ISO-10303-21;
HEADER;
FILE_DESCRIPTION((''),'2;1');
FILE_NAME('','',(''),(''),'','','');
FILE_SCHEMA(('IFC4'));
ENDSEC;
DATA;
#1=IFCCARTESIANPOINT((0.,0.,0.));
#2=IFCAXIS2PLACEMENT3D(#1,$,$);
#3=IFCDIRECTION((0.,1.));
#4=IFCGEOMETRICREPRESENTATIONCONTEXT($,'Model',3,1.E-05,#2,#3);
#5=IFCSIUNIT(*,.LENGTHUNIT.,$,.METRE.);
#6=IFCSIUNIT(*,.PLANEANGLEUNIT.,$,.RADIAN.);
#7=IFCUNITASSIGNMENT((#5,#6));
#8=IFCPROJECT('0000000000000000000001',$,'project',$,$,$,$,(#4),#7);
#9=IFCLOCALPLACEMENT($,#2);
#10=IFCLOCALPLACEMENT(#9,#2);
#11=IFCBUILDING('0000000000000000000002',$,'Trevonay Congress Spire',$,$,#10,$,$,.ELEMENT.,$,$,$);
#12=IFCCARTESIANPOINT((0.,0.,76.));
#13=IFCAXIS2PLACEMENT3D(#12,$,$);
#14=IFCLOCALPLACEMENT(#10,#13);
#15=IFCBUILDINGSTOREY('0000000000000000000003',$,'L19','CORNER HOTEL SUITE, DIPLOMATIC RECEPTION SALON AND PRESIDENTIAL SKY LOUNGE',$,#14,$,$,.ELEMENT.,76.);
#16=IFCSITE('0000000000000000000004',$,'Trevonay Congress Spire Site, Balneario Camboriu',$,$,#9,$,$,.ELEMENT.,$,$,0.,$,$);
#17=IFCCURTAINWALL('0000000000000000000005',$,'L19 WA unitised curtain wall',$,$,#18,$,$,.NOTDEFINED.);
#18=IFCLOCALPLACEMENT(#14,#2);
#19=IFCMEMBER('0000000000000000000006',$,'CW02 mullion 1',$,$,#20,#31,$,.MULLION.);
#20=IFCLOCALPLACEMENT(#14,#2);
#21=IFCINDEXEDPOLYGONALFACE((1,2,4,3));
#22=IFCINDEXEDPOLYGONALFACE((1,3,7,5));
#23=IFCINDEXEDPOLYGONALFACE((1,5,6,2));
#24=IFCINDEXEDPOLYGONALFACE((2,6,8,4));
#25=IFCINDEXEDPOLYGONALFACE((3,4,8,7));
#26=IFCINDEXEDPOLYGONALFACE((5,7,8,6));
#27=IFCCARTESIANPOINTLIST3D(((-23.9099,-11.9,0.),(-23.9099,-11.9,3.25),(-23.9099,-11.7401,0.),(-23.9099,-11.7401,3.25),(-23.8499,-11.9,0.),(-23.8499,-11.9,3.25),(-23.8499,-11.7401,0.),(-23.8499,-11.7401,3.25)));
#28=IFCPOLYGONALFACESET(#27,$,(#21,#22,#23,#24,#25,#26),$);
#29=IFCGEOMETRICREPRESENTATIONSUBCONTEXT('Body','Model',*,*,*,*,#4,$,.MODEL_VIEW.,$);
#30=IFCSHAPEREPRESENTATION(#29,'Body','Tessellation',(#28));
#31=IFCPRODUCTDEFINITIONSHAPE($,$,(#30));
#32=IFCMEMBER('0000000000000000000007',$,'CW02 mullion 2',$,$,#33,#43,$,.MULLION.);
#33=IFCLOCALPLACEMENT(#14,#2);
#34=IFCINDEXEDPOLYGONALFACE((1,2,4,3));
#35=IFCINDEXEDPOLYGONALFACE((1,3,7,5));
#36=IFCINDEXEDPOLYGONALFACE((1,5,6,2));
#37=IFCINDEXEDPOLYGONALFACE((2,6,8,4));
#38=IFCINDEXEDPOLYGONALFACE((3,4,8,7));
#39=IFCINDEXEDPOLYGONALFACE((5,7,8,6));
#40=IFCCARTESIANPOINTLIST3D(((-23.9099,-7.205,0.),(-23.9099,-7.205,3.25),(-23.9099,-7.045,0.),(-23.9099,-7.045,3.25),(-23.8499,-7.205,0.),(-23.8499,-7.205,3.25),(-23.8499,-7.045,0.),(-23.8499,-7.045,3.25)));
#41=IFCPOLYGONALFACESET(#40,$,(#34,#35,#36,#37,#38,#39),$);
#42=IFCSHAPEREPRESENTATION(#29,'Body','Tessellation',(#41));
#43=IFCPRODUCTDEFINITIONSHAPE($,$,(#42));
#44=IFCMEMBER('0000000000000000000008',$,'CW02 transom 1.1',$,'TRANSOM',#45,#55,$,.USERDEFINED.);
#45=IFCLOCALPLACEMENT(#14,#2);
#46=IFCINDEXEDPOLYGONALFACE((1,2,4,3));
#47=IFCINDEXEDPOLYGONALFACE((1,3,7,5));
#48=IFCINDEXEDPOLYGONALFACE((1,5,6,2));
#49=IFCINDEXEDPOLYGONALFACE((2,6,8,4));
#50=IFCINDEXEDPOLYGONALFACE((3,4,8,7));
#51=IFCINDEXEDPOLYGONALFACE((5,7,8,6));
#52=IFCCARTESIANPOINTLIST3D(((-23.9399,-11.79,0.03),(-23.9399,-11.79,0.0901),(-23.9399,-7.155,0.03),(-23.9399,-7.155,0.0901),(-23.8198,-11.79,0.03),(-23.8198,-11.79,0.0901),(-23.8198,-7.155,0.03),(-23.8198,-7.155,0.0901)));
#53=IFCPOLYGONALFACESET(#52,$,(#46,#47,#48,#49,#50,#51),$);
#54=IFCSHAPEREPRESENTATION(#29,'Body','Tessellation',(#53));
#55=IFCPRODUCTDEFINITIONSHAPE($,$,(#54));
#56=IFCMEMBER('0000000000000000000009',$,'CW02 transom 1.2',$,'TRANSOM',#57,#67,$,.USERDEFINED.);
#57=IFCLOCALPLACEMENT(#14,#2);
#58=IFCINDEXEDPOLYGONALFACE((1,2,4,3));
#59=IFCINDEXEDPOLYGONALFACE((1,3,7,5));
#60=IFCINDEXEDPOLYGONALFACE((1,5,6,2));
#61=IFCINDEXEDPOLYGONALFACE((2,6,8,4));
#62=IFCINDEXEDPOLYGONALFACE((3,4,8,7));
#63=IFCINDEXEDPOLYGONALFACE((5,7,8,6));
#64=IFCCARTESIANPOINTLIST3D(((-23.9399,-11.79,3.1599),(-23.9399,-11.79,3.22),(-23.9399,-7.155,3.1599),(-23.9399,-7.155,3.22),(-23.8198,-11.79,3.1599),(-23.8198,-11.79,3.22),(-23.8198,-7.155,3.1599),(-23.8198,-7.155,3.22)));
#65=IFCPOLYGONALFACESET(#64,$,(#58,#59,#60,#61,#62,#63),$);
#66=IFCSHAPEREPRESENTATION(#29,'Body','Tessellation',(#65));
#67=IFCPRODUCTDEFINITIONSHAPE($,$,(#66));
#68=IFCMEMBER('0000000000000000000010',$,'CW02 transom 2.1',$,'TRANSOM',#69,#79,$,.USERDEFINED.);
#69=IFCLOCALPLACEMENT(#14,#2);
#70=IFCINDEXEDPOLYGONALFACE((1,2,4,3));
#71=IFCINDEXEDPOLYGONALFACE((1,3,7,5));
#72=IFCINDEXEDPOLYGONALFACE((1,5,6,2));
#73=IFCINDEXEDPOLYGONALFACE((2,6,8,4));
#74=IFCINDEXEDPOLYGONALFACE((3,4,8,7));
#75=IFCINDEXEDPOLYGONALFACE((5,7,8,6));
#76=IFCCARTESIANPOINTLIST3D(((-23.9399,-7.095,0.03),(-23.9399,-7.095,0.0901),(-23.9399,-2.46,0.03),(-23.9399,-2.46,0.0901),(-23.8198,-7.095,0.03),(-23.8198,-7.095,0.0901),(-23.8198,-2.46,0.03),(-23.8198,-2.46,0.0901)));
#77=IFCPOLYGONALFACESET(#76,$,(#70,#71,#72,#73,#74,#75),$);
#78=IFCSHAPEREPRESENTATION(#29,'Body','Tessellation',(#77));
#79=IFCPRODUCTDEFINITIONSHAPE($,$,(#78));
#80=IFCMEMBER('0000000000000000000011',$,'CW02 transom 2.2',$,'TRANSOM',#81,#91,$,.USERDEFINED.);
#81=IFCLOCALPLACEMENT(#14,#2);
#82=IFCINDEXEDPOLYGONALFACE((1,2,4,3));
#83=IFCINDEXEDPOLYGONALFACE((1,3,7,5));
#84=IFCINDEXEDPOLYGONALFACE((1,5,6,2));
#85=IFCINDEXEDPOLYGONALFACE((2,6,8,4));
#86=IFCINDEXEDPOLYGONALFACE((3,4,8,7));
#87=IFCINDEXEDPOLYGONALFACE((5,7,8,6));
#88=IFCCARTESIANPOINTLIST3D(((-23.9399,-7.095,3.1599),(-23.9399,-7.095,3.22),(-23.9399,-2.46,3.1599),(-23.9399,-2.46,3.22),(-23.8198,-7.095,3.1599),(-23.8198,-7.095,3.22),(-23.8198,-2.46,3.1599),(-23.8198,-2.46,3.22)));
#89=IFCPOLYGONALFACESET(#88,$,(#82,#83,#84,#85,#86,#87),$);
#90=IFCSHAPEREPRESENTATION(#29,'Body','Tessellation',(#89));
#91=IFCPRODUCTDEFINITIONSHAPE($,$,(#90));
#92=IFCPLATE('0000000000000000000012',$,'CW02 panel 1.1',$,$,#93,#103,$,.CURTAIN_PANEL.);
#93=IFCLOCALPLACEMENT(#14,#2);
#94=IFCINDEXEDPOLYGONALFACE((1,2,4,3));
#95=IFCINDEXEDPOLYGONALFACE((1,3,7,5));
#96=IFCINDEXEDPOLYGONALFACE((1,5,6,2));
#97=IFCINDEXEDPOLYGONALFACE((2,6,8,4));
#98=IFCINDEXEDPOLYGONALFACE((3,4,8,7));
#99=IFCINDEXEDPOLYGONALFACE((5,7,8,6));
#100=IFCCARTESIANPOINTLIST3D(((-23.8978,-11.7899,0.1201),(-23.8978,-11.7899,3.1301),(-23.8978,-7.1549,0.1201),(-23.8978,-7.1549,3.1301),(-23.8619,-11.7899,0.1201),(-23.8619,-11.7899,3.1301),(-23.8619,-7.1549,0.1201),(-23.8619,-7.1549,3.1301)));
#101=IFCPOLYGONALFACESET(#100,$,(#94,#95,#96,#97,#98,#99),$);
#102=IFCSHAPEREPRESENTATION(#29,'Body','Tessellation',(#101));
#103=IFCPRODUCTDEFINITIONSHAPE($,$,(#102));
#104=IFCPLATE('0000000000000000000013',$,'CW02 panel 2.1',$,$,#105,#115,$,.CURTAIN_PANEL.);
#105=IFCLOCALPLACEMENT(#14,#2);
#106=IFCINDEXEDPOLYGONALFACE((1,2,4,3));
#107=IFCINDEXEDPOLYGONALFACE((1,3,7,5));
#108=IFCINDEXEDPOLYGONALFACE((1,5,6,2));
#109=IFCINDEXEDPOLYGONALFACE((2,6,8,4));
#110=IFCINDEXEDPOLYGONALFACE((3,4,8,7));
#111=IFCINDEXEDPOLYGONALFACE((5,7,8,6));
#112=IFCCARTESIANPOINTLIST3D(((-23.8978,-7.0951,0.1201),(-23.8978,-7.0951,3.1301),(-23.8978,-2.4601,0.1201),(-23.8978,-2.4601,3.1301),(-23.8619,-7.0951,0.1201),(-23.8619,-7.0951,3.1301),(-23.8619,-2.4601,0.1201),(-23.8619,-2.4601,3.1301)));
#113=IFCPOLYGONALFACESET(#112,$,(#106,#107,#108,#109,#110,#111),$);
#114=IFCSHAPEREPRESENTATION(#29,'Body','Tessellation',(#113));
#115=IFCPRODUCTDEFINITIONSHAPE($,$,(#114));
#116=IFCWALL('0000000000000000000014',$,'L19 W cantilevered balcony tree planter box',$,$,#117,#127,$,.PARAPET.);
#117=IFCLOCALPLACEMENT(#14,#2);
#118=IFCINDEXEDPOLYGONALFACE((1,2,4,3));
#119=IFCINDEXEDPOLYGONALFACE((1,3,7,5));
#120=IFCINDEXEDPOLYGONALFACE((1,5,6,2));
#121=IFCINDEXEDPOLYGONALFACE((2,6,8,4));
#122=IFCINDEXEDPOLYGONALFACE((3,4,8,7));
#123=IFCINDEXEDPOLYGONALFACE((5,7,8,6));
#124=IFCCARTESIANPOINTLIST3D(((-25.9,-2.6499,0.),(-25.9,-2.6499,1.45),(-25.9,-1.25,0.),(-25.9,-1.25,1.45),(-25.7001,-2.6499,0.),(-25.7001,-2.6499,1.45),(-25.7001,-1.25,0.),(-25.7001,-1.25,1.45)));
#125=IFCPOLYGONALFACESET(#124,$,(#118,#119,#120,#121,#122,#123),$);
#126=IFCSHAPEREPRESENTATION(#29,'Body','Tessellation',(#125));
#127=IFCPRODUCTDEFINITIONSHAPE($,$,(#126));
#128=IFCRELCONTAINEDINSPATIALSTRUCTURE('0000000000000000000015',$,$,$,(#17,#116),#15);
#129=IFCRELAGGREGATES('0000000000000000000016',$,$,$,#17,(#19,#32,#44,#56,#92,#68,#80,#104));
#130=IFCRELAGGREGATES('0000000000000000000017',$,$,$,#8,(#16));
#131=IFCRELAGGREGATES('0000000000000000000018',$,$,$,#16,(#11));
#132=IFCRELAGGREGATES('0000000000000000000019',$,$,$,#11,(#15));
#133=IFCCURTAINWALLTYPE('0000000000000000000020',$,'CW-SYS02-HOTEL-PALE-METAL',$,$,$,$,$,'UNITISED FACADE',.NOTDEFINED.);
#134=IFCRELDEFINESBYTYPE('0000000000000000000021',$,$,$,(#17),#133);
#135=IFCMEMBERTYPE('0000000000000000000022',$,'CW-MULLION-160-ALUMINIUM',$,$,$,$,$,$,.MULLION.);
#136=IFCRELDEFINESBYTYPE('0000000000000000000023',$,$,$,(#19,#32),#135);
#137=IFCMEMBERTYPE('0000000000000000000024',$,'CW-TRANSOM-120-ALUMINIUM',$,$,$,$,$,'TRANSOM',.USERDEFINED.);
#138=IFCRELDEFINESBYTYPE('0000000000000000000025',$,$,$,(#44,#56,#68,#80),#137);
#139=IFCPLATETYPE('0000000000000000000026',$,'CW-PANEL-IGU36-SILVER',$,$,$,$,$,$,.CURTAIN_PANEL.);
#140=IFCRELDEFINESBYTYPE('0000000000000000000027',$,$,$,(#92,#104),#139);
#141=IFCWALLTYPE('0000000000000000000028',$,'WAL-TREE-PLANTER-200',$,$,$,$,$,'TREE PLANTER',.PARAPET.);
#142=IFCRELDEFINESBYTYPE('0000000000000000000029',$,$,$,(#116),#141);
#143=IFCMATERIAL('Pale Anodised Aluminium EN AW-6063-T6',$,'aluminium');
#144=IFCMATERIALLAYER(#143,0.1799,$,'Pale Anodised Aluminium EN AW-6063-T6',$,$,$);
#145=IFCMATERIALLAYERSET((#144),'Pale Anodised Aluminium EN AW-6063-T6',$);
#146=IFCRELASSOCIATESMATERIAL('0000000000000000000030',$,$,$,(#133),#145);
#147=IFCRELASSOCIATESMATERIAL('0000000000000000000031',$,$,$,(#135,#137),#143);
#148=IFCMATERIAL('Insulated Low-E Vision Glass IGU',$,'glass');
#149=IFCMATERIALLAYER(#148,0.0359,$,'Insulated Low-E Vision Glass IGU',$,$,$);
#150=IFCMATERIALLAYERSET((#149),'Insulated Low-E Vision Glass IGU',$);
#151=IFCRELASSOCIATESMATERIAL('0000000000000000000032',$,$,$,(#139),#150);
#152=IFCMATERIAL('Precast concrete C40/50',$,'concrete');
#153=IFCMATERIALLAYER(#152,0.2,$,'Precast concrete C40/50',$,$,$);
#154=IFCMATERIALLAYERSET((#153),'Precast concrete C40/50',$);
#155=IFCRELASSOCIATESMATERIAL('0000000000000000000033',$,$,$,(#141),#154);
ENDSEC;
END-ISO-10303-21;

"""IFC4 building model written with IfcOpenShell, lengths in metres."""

from ifc_helpers import new_model, si_unit, direction, frame, frame_2d, origin, origin_2d, place, context, subcontext, project, spatial, rectangle, extrude, material, layer, layer_set, material_profile, profile_set, type_object, element, aggregate, save


model = new_model("IFC4")

# Units and contexts
model_context = context("Model", 3, precision=1e-05, world=origin(), true_north=direction((0.0, 1.0)))
body_context = subcontext(model_context, "Body", "Model", "MODEL_VIEW")
ifc_project = project(units=[si_unit("LENGTHUNIT", "METRE"), si_unit("PLANEANGLEUNIT", "RADIAN")], contexts=[model_context])

# Site, building, storey
site_placement = place(None, origin())
site = spatial("IfcSite", under=ifc_project, at=site_placement, Name="Trevonay Congress Spire Site, Balneario Camboriu", CompositionType="ELEMENT", RefElevation=0.0)
building_placement = place(site_placement, origin())
building = spatial("IfcBuilding", under=site, at=building_placement, Name="Trevonay Congress Spire", CompositionType="ELEMENT")
storey_placement = place(building_placement, frame((0.0, 0.0, 76.0)))
storey = spatial("IfcBuildingStorey", under=building, at=storey_placement, Name="L19", Description="CORNER HOTEL SUITE, DIPLOMATIC RECEPTION SALON AND PRESIDENTIAL SKY LOUNGE", CompositionType="ELEMENT", Elevation=76.0)

# Curtain wall, members, plates
ifc_material_1 = material(Name="Pale Anodised Aluminium EN AW-6063-T6", Category="aluminium")
ifc_layer_1 = layer(ifc_material_1, 0.1799, Name="Pale Anodised Aluminium EN AW-6063-T6")
ifc_layer_set_1 = layer_set([ifc_layer_1], Name="Pale Anodised Aluminium EN AW-6063-T6")
curtain_wall_type = type_object("IfcCurtainWallType", Name="CW-SYS02-HOTEL-PALE-METAL", ElementType="UNITISED FACADE", PredefinedType="NOTDEFINED", material=ifc_layer_set_1)
curtain_wall_placement = place(storey_placement, origin())
curtain_wall = element("IfcCurtainWall", 1, at=curtain_wall_placement, inside=storey, type_object=curtain_wall_type, Name="L19 WA unitised curtain wall", PredefinedType="NOTDEFINED")
ifc_material_profile_1 = material_profile(ifc_material_1, rectangle(XDim=0.0601, YDim=0.1599, at=origin_2d()), Name="CW-MULLION-160-ALUMINIUM")
ifc_profile_set_1 = profile_set([ifc_material_profile_1], Name="Pale Anodised Aluminium EN AW-6063-T6")
member_type_1 = type_object("IfcMemberType", Name="CW-MULLION-160-ALUMINIUM", PredefinedType="MULLION", material=ifc_profile_set_1)
member_1_placement = place(storey_placement, frame((-23.8799, -11.8201, 0.0), z_axis=(0.0, 0.0, 1.0), x_axis=(-1.0, 0.0, 0.0)))
member_1 = element("IfcMember", 2, at=member_1_placement, type_object=member_type_1, Name="CW02 mullion 1", PredefinedType="MULLION", context=body_context, shape_type="SweptSolid", body=[
    extrude(rectangle(XDim=0.0601, YDim=0.1599, at=origin_2d()), origin(), (0.0, 0.0, 1.0), 3.25),
])
member_2_placement = place(storey_placement, frame((-23.8799, -7.125, 0.0), z_axis=(0.0, 0.0, 1.0), x_axis=(-1.0, 0.0, 0.0)))
member_2 = element("IfcMember", 3, at=member_2_placement, type_object=member_type_1, Name="CW02 mullion 2", PredefinedType="MULLION", context=body_context, shape_type="SweptSolid", body=[
    extrude(rectangle(XDim=0.0601, YDim=0.1599, at=origin_2d()), origin(), (0.0, 0.0, 1.0), 3.25),
])
ifc_material_profile_2 = material_profile(ifc_material_1, rectangle(XDim=0.1201, YDim=0.0601, at=origin_2d()), Name="CW-TRANSOM-120-ALUMINIUM")
ifc_profile_set_2 = profile_set([ifc_material_profile_2], Name="Pale Anodised Aluminium EN AW-6063-T6")
member_type_2 = type_object("IfcMemberType", Name="CW-TRANSOM-120-ALUMINIUM", ElementType="TRANSOM", PredefinedType="USERDEFINED", material=ifc_profile_set_2)
member_3_placement = place(storey_placement, frame((-23.8799, -11.79, 0.0601), z_axis=(0.0, 1.0, 0.0), x_axis=(-1.0, 0.0, 0.0)))
member_3 = element("IfcMember", 4, at=member_3_placement, type_object=member_type_2, Name="CW02 transom 1.1", ObjectType="TRANSOM", PredefinedType="USERDEFINED", context=body_context, shape_type="SweptSolid", body=[
    extrude(rectangle(XDim=0.1201, YDim=0.0601, at=origin_2d()), origin(), (0.0, 0.0, 1.0), 4.635),
])
member_4_placement = place(storey_placement, frame((-23.8799, -11.79, 3.1899), z_axis=(0.0, 1.0, 0.0), x_axis=(-1.0, 0.0, 0.0)))
member_4 = element("IfcMember", 5, at=member_4_placement, type_object=member_type_2, Name="CW02 transom 1.2", ObjectType="TRANSOM", PredefinedType="USERDEFINED", context=body_context, shape_type="SweptSolid", body=[
    extrude(rectangle(XDim=0.1201, YDim=0.0601, at=origin_2d()), origin(), (0.0, 0.0, 1.0), 4.635),
])
member_5_placement = place(storey_placement, frame((-23.8799, -7.095, 0.0601), z_axis=(0.0, 1.0, 0.0), x_axis=(-1.0, 0.0, 0.0)))
member_5 = element("IfcMember", 6, at=member_5_placement, type_object=member_type_2, Name="CW02 transom 2.1", ObjectType="TRANSOM", PredefinedType="USERDEFINED", context=body_context, shape_type="SweptSolid", body=[
    extrude(rectangle(XDim=0.1201, YDim=0.0601, at=origin_2d()), origin(), (0.0, 0.0, 1.0), 4.635),
])
member_6_placement = place(storey_placement, frame((-23.8799, -7.095, 3.1899), z_axis=(0.0, 1.0, 0.0), x_axis=(-1.0, 0.0, 0.0)))
member_6 = element("IfcMember", 7, at=member_6_placement, type_object=member_type_2, Name="CW02 transom 2.2", ObjectType="TRANSOM", PredefinedType="USERDEFINED", context=body_context, shape_type="SweptSolid", body=[
    extrude(rectangle(XDim=0.1201, YDim=0.0601, at=origin_2d()), origin(), (0.0, 0.0, 1.0), 4.635),
])
ifc_material_2 = material(Name="Insulated Low-E Vision Glass IGU", Category="glass")
ifc_layer_2 = layer(ifc_material_2, 0.0359, Name="Insulated Low-E Vision Glass IGU")
ifc_layer_set_2 = layer_set([ifc_layer_2], Name="Insulated Low-E Vision Glass IGU")
plate_type = type_object("IfcPlateType", Name="CW-PANEL-IGU36-SILVER", PredefinedType="CURTAIN_PANEL", material=ifc_layer_set_2)
plate_1_placement = place(storey_placement, frame((-23.8799, -9.4724, 0.1201), z_axis=(0.0, 0.0, 1.0), x_axis=(0.0, 1.0, 0.0)))
plate_1 = element("IfcPlate", 8, at=plate_1_placement, type_object=plate_type, Name="CW02 panel 1.1", PredefinedType="CURTAIN_PANEL", context=body_context, shape_type="SweptSolid", body=[
    extrude(rectangle(XDim=4.635, YDim=0.0359, at=origin_2d()), origin(), (0.0, 0.0, 1.0), 3.01),
])
plate_2_placement = place(storey_placement, frame((-23.8799, -4.7776, 0.1201), z_axis=(0.0, 0.0, 1.0), x_axis=(0.0, 1.0, 0.0)))
plate_2 = element("IfcPlate", 9, at=plate_2_placement, type_object=plate_type, Name="CW02 panel 2.1", PredefinedType="CURTAIN_PANEL", context=body_context, shape_type="SweptSolid", body=[
    extrude(rectangle(XDim=4.635, YDim=0.0359, at=origin_2d()), origin(), (0.0, 0.0, 1.0), 3.01),
])
aggregate(curtain_wall, [member_1, member_2, member_3, member_4, plate_1, member_5, member_6, plate_2])

# Wall
ifc_material_3 = material(Name="Precast concrete C40/50", Category="concrete")
ifc_layer_3 = layer(ifc_material_3, 0.2, Name="Precast concrete C40/50")
ifc_layer_set_3 = layer_set([ifc_layer_3], Name="Precast concrete C40/50")
wall_type = type_object("IfcWallType", Name="WAL-TREE-PLANTER-200", ElementType="TREE PLANTER", PredefinedType="PARAPET", material=ifc_layer_set_3)
wall_placement = place(storey_placement, frame((-25.8, -2.6499, 0.0), z_axis=(0.0, 0.0, 1.0), x_axis=(0.0, 1.0, 0.0)))
element("IfcWall", 10, at=wall_placement, inside=storey, type_object=wall_type, Name="L19 W cantilevered balcony tree planter box", PredefinedType="PARAPET", context=body_context, shape_type="SweptSolid", body=[
    extrude(rectangle(XDim=1.3999, YDim=0.2, at=frame_2d((0.7, 0.0))), origin(), (0.0, 0.0, 1.0), 1.45),
])

save(model, "model.ifc")
